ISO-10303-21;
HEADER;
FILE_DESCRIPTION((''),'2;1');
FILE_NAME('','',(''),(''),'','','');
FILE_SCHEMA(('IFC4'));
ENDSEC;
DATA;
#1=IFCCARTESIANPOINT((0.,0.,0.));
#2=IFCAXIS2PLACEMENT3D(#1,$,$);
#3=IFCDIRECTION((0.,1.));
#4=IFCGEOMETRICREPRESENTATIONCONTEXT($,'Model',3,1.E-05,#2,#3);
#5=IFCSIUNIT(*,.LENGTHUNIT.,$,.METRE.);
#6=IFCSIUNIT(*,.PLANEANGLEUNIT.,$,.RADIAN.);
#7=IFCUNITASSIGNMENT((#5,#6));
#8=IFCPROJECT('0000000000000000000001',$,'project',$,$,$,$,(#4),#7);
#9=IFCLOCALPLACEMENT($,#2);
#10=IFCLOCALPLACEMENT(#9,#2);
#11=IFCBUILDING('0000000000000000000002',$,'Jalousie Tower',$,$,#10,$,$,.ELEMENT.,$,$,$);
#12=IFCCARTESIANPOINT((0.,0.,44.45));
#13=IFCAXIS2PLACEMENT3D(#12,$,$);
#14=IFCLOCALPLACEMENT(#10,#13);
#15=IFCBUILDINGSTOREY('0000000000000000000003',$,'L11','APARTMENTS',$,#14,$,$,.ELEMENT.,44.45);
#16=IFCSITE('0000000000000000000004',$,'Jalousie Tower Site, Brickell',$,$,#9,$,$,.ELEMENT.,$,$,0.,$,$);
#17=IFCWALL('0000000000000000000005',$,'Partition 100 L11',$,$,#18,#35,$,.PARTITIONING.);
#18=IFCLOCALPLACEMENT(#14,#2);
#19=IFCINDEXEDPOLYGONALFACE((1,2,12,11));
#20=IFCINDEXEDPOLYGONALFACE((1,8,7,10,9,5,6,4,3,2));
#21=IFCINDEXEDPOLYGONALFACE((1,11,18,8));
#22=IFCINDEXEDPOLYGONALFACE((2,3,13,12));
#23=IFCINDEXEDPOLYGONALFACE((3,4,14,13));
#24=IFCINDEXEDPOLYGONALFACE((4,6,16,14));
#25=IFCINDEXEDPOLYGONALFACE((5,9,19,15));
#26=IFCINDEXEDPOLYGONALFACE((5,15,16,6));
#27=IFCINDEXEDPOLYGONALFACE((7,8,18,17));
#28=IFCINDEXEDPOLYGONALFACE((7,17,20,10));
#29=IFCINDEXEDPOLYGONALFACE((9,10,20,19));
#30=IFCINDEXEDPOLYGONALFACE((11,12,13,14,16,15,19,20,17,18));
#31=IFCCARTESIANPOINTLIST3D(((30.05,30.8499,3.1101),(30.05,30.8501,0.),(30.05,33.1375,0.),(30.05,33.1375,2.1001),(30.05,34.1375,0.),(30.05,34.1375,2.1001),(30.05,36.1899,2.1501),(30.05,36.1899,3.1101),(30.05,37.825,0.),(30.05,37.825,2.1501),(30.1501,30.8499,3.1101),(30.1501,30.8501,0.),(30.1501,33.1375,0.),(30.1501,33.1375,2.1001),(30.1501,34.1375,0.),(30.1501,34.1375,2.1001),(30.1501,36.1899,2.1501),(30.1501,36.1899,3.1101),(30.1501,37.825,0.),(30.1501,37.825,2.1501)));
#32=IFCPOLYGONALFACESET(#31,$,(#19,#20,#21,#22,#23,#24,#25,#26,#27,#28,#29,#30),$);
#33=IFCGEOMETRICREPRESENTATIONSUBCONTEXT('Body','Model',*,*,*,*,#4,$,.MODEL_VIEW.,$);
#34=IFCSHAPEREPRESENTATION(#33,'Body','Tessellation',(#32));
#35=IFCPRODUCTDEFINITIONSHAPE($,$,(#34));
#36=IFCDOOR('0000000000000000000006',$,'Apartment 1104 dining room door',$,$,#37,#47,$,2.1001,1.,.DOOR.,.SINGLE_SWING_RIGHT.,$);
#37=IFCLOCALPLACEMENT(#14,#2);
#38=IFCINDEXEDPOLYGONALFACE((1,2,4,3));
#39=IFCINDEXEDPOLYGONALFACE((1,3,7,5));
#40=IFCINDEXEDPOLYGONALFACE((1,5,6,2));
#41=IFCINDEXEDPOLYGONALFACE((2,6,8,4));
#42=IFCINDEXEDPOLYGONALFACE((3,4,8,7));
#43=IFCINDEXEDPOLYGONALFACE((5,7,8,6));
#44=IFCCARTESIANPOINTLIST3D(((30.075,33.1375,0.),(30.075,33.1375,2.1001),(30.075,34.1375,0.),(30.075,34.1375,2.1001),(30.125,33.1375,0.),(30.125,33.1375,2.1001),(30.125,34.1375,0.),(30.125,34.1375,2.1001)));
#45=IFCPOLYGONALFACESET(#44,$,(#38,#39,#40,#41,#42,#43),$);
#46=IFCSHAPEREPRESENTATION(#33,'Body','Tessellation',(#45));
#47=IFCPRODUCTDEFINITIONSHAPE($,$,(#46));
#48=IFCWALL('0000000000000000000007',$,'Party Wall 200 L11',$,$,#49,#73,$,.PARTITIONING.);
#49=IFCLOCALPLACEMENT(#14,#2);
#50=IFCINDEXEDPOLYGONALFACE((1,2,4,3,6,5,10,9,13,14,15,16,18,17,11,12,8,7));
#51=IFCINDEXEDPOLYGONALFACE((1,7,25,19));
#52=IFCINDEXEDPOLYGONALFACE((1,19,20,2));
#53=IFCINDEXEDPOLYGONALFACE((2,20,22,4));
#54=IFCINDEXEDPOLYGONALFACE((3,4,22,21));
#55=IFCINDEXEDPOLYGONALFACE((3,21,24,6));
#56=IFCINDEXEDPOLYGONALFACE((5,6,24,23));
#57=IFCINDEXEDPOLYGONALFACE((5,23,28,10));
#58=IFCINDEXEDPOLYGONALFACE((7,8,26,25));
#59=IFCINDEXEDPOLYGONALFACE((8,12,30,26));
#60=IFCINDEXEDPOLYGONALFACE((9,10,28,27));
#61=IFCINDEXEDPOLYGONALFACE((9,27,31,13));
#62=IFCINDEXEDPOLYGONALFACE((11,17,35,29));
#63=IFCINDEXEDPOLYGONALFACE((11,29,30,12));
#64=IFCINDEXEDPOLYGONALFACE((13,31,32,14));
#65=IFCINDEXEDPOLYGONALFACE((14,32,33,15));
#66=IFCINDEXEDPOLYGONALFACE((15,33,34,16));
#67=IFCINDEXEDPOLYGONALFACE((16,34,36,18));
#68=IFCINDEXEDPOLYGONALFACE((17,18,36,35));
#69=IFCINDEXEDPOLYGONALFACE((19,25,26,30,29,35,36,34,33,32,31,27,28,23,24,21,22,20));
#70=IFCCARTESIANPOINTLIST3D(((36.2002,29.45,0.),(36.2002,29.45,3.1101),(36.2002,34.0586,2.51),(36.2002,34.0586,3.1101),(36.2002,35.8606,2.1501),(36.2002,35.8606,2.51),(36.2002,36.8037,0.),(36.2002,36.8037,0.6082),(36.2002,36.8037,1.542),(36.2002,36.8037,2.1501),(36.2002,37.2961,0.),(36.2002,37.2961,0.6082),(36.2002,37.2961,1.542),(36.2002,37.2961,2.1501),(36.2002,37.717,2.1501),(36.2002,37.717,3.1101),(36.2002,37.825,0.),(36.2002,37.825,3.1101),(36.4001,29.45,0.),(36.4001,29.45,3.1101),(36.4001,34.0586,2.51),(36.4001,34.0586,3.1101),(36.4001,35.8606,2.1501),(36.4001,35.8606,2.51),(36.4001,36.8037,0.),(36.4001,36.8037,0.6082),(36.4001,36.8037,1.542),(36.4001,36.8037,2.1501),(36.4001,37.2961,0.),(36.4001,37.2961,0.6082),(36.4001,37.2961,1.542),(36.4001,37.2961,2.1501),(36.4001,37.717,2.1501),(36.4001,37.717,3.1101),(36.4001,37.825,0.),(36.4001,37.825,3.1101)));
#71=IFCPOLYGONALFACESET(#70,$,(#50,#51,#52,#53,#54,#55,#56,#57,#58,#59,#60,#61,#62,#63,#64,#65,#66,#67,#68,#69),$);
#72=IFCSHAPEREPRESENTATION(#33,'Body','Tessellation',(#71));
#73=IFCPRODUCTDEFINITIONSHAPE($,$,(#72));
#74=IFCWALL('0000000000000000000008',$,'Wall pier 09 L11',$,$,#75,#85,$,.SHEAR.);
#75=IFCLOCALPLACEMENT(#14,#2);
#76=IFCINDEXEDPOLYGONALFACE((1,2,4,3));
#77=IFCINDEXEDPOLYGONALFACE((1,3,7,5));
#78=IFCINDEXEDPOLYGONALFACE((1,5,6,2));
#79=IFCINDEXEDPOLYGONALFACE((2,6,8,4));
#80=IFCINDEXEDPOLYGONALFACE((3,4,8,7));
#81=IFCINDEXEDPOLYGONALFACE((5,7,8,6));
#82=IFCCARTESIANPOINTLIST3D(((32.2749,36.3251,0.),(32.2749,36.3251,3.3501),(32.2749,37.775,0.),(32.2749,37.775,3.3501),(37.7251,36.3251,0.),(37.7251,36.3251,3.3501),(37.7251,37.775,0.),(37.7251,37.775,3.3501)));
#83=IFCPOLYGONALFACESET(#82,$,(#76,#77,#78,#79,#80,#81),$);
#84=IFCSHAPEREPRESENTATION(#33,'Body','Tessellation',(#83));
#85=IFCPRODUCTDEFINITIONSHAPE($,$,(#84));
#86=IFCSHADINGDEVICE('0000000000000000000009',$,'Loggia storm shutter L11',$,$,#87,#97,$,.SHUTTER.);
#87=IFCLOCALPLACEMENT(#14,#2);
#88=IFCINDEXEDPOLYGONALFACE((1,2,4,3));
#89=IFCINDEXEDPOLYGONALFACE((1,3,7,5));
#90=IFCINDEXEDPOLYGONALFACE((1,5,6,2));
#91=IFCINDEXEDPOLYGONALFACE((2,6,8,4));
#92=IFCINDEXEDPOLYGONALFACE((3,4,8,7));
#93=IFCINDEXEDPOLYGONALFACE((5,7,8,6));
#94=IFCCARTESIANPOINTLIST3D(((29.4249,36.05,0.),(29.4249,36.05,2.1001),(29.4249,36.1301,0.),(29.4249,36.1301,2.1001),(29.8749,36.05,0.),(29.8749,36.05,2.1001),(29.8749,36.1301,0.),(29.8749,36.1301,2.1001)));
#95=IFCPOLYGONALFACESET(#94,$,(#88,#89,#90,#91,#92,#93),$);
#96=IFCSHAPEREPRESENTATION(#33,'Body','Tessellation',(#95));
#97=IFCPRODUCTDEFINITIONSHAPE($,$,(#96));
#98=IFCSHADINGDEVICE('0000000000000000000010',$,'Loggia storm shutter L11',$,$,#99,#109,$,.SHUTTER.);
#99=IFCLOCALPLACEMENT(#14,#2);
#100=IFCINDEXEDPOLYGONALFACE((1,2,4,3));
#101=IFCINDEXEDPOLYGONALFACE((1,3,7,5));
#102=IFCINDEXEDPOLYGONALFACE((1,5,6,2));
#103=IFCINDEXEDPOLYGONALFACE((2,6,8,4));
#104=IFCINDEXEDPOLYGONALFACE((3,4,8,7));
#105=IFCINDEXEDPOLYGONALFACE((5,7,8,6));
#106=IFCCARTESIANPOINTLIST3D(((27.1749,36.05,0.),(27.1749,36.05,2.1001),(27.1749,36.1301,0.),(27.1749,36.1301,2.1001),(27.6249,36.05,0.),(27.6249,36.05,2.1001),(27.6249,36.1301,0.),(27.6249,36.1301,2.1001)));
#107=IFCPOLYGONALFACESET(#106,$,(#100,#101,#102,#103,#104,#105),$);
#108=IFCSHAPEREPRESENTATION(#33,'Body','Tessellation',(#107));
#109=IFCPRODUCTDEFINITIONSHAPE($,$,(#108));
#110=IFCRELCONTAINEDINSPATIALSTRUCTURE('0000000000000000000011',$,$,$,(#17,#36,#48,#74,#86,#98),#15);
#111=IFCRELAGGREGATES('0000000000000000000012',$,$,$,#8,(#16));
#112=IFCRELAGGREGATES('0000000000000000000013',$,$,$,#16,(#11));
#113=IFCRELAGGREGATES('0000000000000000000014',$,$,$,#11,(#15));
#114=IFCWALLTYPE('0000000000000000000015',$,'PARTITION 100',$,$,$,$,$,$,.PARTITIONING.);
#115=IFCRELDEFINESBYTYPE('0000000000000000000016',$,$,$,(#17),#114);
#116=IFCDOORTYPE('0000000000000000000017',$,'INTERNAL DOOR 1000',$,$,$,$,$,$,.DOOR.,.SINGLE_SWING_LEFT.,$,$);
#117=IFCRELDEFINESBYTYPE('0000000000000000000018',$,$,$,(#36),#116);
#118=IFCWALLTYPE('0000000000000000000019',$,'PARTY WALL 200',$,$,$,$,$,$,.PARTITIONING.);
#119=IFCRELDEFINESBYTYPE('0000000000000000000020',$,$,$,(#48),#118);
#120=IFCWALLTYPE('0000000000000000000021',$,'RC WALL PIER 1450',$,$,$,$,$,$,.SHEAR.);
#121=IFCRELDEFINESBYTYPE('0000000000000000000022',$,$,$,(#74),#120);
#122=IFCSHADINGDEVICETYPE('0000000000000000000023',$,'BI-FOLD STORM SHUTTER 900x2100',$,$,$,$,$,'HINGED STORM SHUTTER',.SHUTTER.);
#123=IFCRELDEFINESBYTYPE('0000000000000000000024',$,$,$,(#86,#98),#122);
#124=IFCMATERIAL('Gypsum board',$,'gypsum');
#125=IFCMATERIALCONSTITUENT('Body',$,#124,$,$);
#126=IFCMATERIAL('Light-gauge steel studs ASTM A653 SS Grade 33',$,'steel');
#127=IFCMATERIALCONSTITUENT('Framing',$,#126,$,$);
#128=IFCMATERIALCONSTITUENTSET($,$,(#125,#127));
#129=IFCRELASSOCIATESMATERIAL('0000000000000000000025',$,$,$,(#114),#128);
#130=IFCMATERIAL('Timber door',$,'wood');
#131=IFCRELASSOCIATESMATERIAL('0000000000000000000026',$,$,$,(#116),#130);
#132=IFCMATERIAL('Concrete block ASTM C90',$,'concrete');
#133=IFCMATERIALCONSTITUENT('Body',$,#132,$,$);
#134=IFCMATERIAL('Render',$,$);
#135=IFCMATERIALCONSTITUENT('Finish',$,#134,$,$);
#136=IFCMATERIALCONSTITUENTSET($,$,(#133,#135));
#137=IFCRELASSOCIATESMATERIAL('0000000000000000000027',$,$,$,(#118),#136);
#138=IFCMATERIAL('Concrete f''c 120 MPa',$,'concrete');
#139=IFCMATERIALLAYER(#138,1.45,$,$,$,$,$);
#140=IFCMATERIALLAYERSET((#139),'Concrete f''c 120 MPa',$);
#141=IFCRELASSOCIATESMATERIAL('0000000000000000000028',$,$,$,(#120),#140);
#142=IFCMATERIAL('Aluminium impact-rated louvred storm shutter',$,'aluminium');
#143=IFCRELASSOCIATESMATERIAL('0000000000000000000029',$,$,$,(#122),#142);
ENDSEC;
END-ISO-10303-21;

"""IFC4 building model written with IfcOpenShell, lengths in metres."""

from ifc_helpers import new_model, si_unit, direction, frame, frame_2d, origin, origin_2d, place, context, subcontext, project, spatial, polyline, rectangle, outline, extrude, material, layer, layer_set, constituent, constituent_set, type_object, element, fill, save


model = new_model("IFC4")

# Units and contexts
model_context = context("Model", 3, precision=1e-05, world=origin(), true_north=direction((0.0, 1.0)))
body_context = subcontext(model_context, "Body", "Model", "MODEL_VIEW")
ifc_project = project(units=[si_unit("LENGTHUNIT", "METRE"), si_unit("PLANEANGLEUNIT", "RADIAN")], contexts=[model_context])

# Site, building, storey
site_placement = place(None, origin())
site = spatial("IfcSite", under=ifc_project, at=site_placement, Name="Jalousie Tower Site, Brickell", CompositionType="ELEMENT", RefElevation=0.0)
building_placement = place(site_placement, origin())
building = spatial("IfcBuilding", under=site, at=building_placement, Name="Jalousie Tower", CompositionType="ELEMENT")
storey_placement = place(building_placement, frame((0.0, 0.0, 44.45)))
storey = spatial("IfcBuildingStorey", under=building, at=storey_placement, Name="L11", Description="APARTMENTS", CompositionType="ELEMENT", Elevation=44.45)

# Wall, opening, door
ifc_material_1 = material(Name="Gypsum board", Category="gypsum")
ifc_constituent_1 = constituent(ifc_material_1, Name="Body")
ifc_material_2 = material(Name="Light-gauge steel studs ASTM A653 SS Grade 33", Category="steel")
ifc_constituent_2 = constituent(ifc_material_2, Name="Framing")
ifc_constituent_set_1 = constituent_set(constituents=[ifc_constituent_1, ifc_constituent_2])
wall_type_1 = type_object("IfcWallType", Name="PARTITION 100", PredefinedType="PARTITIONING", material=ifc_constituent_set_1)
wall_1_placement = place(storey_placement, frame((30.1001, 37.825, 0.0), z_axis=(0.0, 0.0, 1.0), x_axis=(0.0, -1.0, 0.0)))
wall_1 = element("IfcWall", 1, at=wall_1_placement, inside=storey, type_object=wall_type_1, Name="Partition 100 L11", PredefinedType="PARTITIONING", context=body_context, shape_type="SweptSolid", body=[
    extrude(outline(polyline([(0.0, 0.0), (6.9749, 0.0), (6.9751, 3.1101), (1.635, 3.1101), (1.635, 2.1501), (0.0, 2.1501), (0.0, 3.1101), (0.0, 0.0)])), frame((0.0, 0.05, 0.0), z_axis=(0.0, -1.0, 0.0), x_axis=(1.0, 0.0, 0.0)), (0.0, 0.0, 1.0), 0.1001),
])
opening_1_placement = place(wall_1_placement, frame((3.6875, 0.0, 0.0)))
opening_1 = element("IfcOpeningElement", 2, at=opening_1_placement, cuts=wall_1, PredefinedType="OPENING", context=body_context, shape_type="SweptSolid", body=[
    extrude(rectangle(XDim=1.0, YDim=2.1001, at=frame_2d((0.5, 1.05))), frame((0.0, 0.0601, 0.0), z_axis=(0.0, -1.0, 0.0), x_axis=(1.0, 0.0, 0.0)), (0.0, 0.0, 1.0), 0.1201),
])
ifc_material_3 = material(Name="Timber door", Category="wood")
door_type = type_object("IfcDoorType", Name="INTERNAL DOOR 1000", OperationType="SINGLE_SWING_LEFT", PredefinedType="DOOR", material=ifc_material_3)
door_placement = place(opening_1_placement, origin())
door = element("IfcDoor", 3, at=door_placement, inside=storey, type_object=door_type, Name="Apartment 1104 dining room door", OperationType="SINGLE_SWING_RIGHT", OverallHeight=2.1001, OverallWidth=1.0, PredefinedType="DOOR", context=body_context, shape_type="SweptSolid", body=[
    extrude(rectangle(XDim=1.0, YDim=2.1001, at=frame_2d((0.5, 1.05))), frame((0.0, 0.0249, 0.0), z_axis=(0.0, -1.0, 0.0), x_axis=(1.0, 0.0, 0.0)), (0.0, 0.0, 1.0), 0.05),
])
fill(opening_1, door)

# Walls
ifc_material_4 = material(Name="Concrete block ASTM C90", Category="concrete")
ifc_constituent_3 = constituent(ifc_material_4, Name="Body")
ifc_material_5 = material(Name="Render")
ifc_constituent_4 = constituent(ifc_material_5, Name="Finish")
ifc_constituent_set_2 = constituent_set(constituents=[ifc_constituent_3, ifc_constituent_4])
wall_type_2 = type_object("IfcWallType", Name="PARTY WALL 200", PredefinedType="PARTITIONING", material=ifc_constituent_set_2)
wall_2_placement = place(storey_placement, frame((36.3, 37.825, 0.0), z_axis=(0.0, 0.0, 1.0), x_axis=(0.0, -1.0, 0.0)))
element("IfcWall", 4, at=wall_2_placement, inside=storey, type_object=wall_type_2, Name="Party Wall 200 L11", PredefinedType="PARTITIONING", context=body_context, shape_type="SweptSolid", body=[
    extrude(outline(polyline([(0.1079, 3.1101), (0.0, 3.1101), (0.0, 0.0), (0.5288, 0.0), (0.5288, 0.6082), (1.0212, 0.6082), (1.0212, 0.0), (8.375, 0.0), (8.375, 3.1101), (3.7664, 3.1101), (3.7664, 2.51), (1.9644, 2.51), (1.9644, 2.1501), (1.0212, 2.1501), (1.0212, 1.542), (0.5288, 1.542), (0.5288, 2.1501), (0.1079, 2.1501), (0.1079, 3.1101)])), frame((0.0, 0.1001, 0.0), z_axis=(0.0, -1.0, 0.0), x_axis=(1.0, 0.0, 0.0)), (0.0, 0.0, 1.0), 0.2),
])
ifc_material_6 = material(Name="Concrete f'c 120 MPa", Category="concrete")
ifc_layer_1 = layer(ifc_material_6, 1.45)
ifc_layer_set_1 = layer_set([ifc_layer_1], Name="Concrete f'c 120 MPa")
wall_type_3 = type_object("IfcWallType", Name="RC WALL PIER 1450", PredefinedType="SHEAR", material=ifc_layer_set_1)
wall_3_placement = place(storey_placement, frame((32.2749, 37.05, 0.0), z_axis=(0.0, 0.0, 1.0), x_axis=(1.0, 0.0, 0.0)))
element("IfcWall", 5, at=wall_3_placement, inside=storey, type_object=wall_type_3, Name="Wall pier 09 L11", PredefinedType="SHEAR", context=body_context, shape_type="SweptSolid", body=[
    extrude(rectangle(XDim=5.4502, YDim=1.45, at=frame_2d((2.7251, 0.0))), origin(), (0.0, 0.0, 1.0), 3.3501),
])

# Shading devices
ifc_material_7 = material(Name="Aluminium impact-rated louvred storm shutter", Category="aluminium")
shading_device_type_1 = type_object("IfcShadingDeviceType", Name="BI-FOLD STORM SHUTTER 900x2100", ElementType="HINGED STORM SHUTTER", PredefinedType="SHUTTER", material=ifc_material_7)
for number, where, z_axis, x_axis, name in (
    (6, (29.6499, 36.0901, 0.0), (0.0, 0.0, 1.0), (-1.0, 0.0, 0.0), "Loggia storm shutter L11"),
    (7, (27.3999, 36.0901, 0.0), (0.0, 0.0, 1.0), (-1.0, 0.0, 0.0), "Loggia storm shutter L11"),
):
    element("IfcShadingDevice", number, at=place(storey_placement, frame(where, z_axis=z_axis, x_axis=x_axis)), inside=storey, type_object=shading_device_type_1, Name=name, PredefinedType="SHUTTER", context=body_context, shape_type="SweptSolid", body=[
        extrude(rectangle(XDim=0.45, YDim=0.0801, at=origin_2d()), origin(), (0.0, 0.0, 1.0), 2.1001),
    ])

save(model, "model.ifc")
